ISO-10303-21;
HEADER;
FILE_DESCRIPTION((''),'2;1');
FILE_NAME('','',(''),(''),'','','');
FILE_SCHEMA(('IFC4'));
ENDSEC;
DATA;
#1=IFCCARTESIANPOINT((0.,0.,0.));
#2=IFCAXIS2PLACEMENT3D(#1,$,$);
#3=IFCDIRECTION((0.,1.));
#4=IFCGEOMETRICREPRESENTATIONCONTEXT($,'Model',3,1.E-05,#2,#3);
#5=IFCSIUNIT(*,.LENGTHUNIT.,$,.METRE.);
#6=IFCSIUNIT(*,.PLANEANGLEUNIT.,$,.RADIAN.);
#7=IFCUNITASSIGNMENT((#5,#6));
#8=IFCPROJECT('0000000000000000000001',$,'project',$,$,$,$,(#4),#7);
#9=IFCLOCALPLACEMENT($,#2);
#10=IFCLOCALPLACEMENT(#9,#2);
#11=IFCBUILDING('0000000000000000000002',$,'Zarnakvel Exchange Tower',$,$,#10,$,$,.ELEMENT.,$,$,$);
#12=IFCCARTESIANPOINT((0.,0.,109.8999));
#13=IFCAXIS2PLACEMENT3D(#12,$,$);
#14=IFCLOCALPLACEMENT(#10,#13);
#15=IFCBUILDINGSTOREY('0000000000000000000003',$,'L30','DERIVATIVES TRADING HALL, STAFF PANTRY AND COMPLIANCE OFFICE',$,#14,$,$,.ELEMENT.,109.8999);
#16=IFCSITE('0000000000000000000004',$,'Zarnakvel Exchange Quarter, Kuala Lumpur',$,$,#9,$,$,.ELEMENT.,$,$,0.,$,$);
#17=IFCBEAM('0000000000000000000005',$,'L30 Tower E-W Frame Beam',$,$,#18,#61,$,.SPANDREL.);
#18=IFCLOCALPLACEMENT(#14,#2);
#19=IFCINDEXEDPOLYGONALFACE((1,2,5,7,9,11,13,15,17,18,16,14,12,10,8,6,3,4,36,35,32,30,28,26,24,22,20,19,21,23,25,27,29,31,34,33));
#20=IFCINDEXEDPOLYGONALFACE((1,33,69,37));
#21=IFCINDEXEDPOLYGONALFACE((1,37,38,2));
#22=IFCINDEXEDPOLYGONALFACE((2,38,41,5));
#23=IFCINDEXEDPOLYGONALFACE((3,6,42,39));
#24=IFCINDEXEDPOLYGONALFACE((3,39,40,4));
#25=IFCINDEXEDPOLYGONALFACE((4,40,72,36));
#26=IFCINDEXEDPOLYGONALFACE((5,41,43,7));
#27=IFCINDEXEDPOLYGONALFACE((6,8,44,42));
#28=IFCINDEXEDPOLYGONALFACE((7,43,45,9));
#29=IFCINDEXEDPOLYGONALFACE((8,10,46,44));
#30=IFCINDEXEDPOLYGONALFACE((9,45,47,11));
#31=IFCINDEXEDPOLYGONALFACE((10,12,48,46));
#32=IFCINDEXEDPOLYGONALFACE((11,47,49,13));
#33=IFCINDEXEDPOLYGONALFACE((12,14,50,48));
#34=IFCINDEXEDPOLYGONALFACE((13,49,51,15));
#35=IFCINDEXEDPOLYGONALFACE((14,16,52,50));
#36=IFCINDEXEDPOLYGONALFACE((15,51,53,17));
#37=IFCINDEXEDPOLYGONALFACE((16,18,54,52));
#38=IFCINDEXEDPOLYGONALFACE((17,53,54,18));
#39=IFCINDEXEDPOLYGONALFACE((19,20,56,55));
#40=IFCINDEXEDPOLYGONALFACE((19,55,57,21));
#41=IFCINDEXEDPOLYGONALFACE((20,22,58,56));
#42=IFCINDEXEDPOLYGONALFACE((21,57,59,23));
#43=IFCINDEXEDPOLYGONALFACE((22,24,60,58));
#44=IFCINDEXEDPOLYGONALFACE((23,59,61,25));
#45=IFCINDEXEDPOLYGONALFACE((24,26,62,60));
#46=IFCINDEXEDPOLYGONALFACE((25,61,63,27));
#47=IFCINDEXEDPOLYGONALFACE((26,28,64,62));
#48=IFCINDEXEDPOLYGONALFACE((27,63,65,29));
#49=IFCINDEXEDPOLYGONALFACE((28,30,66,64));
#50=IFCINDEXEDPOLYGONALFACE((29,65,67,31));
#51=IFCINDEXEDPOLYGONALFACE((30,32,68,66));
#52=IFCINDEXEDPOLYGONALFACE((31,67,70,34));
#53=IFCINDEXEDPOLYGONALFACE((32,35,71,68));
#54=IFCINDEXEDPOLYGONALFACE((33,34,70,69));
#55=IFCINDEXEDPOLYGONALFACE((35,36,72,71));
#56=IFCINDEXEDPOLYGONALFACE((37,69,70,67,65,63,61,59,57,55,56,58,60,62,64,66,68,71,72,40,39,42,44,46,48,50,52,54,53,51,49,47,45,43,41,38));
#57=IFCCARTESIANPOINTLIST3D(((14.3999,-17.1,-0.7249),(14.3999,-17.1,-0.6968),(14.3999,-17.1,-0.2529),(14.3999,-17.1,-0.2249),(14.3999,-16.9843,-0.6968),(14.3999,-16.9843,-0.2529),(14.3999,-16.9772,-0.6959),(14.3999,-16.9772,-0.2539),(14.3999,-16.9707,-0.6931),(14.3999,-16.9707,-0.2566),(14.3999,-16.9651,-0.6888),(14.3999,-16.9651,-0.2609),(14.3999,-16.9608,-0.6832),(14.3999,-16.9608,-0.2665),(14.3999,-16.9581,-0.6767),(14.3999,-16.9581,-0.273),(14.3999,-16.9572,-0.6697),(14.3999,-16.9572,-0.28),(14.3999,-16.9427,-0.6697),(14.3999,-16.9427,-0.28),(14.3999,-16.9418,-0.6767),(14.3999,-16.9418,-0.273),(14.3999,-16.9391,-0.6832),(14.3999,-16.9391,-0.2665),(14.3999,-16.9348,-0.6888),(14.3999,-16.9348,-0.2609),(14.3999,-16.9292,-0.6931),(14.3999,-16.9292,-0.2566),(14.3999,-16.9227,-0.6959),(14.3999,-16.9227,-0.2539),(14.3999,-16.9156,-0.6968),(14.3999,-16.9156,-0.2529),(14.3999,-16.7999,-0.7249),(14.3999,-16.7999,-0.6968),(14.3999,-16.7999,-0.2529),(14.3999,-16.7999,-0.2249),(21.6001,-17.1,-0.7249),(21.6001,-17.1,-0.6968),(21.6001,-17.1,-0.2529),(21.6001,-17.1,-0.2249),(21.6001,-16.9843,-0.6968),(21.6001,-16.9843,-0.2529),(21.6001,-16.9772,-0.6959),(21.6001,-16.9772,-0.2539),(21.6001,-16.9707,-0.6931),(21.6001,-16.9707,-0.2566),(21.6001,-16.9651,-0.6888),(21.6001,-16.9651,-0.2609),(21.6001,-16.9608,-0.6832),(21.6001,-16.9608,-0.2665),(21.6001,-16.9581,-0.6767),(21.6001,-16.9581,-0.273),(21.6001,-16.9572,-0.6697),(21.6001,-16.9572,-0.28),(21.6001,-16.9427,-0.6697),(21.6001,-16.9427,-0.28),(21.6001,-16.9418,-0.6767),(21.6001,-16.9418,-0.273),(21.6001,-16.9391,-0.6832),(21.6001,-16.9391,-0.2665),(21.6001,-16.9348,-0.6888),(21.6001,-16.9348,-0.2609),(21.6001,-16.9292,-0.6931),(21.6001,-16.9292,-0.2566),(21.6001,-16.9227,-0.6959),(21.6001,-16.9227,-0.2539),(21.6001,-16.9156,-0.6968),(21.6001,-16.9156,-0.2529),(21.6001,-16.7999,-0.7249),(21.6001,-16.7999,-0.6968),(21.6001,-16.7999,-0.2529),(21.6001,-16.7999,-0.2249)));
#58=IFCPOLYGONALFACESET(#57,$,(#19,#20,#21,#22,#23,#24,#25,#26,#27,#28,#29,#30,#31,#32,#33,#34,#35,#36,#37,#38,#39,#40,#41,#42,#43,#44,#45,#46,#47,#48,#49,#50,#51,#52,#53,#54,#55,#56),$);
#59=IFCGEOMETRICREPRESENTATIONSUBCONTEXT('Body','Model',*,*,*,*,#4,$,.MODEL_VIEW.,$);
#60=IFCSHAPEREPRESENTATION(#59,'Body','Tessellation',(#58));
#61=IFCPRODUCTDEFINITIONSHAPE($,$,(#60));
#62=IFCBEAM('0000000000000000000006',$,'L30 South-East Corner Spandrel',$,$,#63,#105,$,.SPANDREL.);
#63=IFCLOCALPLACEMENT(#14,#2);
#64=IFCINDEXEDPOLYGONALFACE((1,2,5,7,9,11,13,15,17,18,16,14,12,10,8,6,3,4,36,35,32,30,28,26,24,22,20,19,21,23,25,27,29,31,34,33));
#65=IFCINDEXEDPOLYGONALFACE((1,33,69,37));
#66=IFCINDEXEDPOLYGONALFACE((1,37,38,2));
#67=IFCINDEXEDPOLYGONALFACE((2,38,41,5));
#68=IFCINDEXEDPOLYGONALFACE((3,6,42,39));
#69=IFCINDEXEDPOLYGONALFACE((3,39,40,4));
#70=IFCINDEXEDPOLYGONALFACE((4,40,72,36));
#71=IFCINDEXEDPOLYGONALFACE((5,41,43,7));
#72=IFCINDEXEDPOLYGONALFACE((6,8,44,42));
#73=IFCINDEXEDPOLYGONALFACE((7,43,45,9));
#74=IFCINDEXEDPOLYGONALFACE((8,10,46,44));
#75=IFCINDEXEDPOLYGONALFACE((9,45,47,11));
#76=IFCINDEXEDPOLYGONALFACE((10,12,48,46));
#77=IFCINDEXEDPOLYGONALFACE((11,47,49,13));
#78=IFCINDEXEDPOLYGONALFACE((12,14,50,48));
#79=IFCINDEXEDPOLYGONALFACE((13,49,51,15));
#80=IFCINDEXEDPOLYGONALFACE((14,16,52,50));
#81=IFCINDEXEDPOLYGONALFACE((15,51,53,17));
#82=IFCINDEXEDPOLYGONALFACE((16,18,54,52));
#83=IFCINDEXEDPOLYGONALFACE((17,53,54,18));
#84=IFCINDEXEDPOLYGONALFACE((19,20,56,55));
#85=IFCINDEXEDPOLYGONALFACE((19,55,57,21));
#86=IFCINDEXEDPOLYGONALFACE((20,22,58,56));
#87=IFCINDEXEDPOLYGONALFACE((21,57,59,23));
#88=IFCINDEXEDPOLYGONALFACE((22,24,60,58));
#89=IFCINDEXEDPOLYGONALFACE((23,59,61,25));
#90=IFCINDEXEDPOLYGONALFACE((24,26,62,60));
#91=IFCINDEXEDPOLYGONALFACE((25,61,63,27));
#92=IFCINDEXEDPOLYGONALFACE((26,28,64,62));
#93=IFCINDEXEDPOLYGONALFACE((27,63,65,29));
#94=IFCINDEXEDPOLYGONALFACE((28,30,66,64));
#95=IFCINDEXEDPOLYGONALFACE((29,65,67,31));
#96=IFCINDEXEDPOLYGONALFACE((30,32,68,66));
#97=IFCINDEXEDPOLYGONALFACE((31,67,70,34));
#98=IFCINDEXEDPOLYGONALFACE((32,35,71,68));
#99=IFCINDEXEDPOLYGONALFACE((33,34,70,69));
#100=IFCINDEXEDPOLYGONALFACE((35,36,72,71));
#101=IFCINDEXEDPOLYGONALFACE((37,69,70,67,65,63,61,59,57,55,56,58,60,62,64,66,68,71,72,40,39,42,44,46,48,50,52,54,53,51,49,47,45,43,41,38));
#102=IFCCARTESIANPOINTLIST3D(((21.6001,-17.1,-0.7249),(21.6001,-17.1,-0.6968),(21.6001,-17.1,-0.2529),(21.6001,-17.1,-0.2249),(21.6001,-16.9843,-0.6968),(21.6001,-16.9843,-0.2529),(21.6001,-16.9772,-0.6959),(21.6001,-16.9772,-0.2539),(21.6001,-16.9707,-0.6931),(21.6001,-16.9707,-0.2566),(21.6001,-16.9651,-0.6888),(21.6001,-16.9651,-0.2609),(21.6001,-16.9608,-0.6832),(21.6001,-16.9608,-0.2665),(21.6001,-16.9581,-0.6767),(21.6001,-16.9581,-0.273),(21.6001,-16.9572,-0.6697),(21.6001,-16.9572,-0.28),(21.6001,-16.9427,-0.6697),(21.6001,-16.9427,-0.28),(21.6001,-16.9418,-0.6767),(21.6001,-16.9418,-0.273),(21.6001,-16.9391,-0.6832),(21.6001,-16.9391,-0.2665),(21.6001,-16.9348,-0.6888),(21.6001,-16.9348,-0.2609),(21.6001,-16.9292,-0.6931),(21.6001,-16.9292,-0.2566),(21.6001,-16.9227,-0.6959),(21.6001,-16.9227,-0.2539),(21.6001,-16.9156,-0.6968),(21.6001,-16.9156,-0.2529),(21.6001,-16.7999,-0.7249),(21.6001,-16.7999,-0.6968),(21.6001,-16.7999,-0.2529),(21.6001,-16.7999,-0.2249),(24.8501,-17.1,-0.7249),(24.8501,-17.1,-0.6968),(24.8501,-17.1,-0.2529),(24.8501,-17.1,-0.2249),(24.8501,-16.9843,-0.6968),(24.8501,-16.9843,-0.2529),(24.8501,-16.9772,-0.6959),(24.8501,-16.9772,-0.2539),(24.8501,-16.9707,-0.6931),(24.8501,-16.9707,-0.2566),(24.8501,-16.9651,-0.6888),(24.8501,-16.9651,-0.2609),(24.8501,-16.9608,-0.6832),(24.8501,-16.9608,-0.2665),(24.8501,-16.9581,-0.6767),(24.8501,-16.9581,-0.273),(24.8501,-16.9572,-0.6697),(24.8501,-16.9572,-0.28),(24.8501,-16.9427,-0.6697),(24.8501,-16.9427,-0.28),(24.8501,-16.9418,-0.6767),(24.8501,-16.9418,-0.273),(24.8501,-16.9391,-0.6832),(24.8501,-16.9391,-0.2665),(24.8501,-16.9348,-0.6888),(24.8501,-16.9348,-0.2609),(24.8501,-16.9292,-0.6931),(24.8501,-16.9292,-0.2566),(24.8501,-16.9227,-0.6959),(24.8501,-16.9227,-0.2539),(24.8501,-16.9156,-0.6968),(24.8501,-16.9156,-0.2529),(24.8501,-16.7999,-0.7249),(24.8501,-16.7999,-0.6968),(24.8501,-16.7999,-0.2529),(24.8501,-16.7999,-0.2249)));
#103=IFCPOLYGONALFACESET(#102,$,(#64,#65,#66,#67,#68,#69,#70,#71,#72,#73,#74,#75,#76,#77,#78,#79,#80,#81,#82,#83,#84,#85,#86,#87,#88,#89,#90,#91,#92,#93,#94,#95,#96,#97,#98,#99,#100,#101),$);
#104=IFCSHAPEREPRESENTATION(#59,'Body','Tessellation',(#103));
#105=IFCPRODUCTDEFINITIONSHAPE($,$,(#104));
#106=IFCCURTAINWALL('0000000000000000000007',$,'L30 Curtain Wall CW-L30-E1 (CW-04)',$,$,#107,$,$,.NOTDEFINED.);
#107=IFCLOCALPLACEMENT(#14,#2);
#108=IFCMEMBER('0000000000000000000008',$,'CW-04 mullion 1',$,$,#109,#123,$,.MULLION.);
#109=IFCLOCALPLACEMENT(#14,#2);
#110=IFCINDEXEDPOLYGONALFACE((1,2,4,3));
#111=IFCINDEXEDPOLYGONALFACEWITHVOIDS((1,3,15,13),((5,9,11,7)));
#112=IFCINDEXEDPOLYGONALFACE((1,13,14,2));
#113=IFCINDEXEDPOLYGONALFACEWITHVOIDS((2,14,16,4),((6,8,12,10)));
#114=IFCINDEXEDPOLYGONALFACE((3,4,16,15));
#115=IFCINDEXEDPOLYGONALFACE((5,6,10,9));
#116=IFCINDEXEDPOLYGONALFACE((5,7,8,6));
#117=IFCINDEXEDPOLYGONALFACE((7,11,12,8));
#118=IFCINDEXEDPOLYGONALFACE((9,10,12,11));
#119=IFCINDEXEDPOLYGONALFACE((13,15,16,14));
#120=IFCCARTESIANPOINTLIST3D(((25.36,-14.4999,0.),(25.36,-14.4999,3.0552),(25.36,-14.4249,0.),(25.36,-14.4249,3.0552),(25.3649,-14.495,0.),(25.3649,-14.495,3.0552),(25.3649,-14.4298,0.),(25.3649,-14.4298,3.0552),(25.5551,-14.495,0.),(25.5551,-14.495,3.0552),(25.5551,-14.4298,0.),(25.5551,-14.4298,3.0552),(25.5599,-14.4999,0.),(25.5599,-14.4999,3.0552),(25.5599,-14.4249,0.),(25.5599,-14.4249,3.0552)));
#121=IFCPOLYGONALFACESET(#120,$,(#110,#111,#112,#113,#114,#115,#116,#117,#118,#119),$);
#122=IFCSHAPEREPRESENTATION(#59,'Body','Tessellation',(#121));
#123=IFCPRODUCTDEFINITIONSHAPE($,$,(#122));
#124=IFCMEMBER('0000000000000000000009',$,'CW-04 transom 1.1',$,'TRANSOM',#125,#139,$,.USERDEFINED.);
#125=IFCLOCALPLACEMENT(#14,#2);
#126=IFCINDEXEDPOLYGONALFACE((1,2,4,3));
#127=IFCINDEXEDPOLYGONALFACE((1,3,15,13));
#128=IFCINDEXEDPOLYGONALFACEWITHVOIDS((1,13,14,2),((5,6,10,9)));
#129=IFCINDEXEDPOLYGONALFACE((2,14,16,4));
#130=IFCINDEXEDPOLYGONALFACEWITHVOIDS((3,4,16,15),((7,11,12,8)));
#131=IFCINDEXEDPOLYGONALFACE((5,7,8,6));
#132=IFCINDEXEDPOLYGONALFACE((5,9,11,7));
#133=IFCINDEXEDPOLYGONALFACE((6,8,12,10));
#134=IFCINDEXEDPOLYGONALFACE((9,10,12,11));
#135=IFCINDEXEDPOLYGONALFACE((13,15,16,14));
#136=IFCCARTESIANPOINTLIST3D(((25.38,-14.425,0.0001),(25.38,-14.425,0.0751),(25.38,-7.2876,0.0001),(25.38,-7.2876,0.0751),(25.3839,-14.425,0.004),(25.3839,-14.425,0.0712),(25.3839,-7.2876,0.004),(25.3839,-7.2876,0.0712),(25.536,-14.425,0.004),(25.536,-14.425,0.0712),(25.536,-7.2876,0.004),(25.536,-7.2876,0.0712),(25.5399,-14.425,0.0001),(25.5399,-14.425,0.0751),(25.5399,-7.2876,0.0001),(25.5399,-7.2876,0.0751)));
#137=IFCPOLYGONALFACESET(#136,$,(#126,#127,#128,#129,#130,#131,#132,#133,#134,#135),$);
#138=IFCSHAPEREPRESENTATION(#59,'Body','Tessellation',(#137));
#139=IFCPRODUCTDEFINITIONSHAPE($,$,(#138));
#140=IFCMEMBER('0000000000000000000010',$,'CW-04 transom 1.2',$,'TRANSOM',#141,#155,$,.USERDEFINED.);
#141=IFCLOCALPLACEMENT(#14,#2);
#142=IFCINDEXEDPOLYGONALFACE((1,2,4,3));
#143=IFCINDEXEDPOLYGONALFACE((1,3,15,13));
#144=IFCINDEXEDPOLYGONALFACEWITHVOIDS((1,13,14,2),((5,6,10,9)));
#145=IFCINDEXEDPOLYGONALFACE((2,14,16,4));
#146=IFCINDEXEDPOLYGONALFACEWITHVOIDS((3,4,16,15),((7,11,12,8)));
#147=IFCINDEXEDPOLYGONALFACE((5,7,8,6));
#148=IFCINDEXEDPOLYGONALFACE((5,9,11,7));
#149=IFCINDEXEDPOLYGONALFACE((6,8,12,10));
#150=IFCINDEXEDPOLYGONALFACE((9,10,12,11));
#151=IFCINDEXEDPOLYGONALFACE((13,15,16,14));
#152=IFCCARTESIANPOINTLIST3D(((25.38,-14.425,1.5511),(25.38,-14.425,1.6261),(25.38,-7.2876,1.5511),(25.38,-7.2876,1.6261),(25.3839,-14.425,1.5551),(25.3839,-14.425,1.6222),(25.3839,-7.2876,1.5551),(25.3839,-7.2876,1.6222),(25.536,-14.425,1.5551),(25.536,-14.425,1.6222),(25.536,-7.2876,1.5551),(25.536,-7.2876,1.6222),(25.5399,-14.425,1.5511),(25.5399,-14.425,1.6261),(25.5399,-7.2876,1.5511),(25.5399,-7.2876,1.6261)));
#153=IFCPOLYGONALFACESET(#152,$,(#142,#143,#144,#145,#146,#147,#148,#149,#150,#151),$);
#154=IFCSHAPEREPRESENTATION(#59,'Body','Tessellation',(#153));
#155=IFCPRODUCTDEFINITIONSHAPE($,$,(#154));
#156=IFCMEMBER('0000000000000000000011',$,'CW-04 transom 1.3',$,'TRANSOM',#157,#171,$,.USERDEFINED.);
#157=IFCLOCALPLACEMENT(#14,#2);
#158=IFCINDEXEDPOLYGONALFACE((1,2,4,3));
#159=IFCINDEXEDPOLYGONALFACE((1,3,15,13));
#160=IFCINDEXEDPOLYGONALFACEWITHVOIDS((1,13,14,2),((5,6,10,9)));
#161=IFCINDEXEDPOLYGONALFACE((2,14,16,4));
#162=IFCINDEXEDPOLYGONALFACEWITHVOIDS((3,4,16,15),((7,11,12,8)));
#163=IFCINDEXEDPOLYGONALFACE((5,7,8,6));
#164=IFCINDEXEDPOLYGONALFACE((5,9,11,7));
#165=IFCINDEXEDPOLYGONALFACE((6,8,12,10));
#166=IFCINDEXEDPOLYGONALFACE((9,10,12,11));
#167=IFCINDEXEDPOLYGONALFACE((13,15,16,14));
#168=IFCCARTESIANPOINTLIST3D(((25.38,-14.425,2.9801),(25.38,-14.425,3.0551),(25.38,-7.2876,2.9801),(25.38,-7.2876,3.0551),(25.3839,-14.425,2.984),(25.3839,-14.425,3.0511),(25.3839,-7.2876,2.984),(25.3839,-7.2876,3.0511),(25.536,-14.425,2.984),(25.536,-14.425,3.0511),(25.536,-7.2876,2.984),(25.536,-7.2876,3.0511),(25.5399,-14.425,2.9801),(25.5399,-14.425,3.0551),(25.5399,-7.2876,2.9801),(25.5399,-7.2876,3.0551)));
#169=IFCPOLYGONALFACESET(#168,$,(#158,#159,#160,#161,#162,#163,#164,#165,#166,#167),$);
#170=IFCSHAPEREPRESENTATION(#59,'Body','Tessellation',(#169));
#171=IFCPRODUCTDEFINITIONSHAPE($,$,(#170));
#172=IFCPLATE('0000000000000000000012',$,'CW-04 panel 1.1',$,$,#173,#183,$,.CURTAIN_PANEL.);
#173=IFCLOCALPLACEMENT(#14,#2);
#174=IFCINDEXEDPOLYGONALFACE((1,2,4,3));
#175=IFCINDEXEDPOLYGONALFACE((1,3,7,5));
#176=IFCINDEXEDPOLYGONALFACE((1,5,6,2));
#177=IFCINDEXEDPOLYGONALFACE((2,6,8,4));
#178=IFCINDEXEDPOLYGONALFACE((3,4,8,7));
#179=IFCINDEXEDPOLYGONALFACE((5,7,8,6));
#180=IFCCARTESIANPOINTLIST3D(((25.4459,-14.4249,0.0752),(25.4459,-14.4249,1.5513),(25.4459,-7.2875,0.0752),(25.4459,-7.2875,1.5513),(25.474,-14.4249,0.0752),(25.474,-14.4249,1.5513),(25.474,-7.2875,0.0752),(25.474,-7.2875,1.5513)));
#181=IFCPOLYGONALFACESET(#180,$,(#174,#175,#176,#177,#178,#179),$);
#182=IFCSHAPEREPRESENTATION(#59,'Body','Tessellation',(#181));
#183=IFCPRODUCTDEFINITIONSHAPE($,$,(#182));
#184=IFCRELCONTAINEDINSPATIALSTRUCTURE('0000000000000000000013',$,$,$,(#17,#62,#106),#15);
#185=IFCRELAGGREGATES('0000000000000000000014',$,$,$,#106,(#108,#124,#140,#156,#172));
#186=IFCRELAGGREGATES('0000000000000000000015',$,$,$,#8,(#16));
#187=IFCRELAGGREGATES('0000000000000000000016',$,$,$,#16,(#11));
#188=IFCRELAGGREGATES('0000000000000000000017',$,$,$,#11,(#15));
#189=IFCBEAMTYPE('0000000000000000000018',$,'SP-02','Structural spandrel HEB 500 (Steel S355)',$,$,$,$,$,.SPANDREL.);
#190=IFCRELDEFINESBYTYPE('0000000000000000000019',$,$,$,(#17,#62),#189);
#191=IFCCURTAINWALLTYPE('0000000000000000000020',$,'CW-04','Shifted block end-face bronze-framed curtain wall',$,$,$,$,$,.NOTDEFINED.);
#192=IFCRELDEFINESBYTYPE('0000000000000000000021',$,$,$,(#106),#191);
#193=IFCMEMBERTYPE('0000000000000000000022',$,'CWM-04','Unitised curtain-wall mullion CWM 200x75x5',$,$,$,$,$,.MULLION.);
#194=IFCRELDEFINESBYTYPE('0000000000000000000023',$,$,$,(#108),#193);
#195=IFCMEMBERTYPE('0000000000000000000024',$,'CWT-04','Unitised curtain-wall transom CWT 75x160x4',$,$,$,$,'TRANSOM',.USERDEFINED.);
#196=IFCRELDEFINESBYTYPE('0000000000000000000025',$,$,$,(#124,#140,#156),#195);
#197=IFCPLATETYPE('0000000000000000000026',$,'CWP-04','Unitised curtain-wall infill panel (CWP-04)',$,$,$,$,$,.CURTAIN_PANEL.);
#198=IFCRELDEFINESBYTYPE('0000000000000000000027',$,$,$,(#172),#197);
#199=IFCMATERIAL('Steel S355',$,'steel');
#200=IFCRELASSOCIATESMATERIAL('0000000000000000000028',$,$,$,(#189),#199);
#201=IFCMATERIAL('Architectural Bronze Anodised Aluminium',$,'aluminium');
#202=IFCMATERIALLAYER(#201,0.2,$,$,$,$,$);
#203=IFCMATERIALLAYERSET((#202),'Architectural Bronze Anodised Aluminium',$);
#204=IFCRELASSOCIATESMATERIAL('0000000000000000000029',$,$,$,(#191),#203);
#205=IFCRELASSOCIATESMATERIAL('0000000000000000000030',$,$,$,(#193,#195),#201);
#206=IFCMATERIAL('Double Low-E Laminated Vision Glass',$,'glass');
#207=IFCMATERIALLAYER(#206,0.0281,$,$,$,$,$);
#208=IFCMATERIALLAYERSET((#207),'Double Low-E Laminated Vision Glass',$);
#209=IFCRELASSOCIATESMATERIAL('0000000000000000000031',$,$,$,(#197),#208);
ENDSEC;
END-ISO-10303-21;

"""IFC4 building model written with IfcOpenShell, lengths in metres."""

from ifc_helpers import new_model, si_unit, direction, frame, origin, origin_2d, place, context, subcontext, project, spatial, rectangle, hollow_rectangle, i_section, extrude, source, transform, mapped, material, layer, layer_set, material_profile, profile_set, type_object, element, aggregate, save


model = new_model("IFC4")

# Units and contexts
model_context = context("Model", 3, precision=1e-05, world=origin(), true_north=direction((0.0, 1.0)))
body_context = subcontext(model_context, "Body", "Model", "MODEL_VIEW")
ifc_project = project(units=[si_unit("LENGTHUNIT", "METRE"), si_unit("PLANEANGLEUNIT", "RADIAN")], contexts=[model_context])

# Site, building, storey
site_placement = place(None, origin())
site = spatial("IfcSite", under=ifc_project, at=site_placement, Name="Zarnakvel Exchange Quarter, Kuala Lumpur", CompositionType="ELEMENT", RefElevation=0.0)
building_placement = place(site_placement, origin())
building = spatial("IfcBuilding", under=site, at=building_placement, Name="Zarnakvel Exchange Tower", CompositionType="ELEMENT")
storey_placement = place(building_placement, frame((0.0, 0.0, 109.8999)))
storey = spatial("IfcBuildingStorey", under=building, at=storey_placement, Name="L30", Description="DERIVATIVES TRADING HALL, STAFF PANTRY AND COMPLIANCE OFFICE", CompositionType="ELEMENT", Elevation=109.8999)

# Beams
ifc_material_1 = material(Name="Steel S355", Category="steel")
ifc_material_profile_1 = material_profile(ifc_material_1, i_section(OverallWidth=0.3, OverallDepth=0.5, WebThickness=0.0144, FlangeThickness=0.0281, FilletRadius=0.0271, at=origin_2d()))
ifc_profile_set_1 = profile_set([ifc_material_profile_1], Name="Steel S355")
beam_type_1 = type_object("IfcBeamType", Name="SP-02", Description="Structural spandrel HEB 500 (Steel S355)", PredefinedType="SPANDREL", material=ifc_profile_set_1)
beam_1_placement = place(storey_placement, frame((14.3999, -16.95, -0.4749), z_axis=(1.0, 0.0, 0.0), x_axis=(0.0, 1.0, 0.0)))
element("IfcBeam", 1, at=beam_1_placement, inside=storey, type_object=beam_type_1, Name="L30 Tower E-W Frame Beam", PredefinedType="SPANDREL", context=body_context, shape_type="SweptSolid", body=[
    extrude(i_section(OverallWidth=0.3, OverallDepth=0.5, WebThickness=0.0144, FlangeThickness=0.0281, FilletRadius=0.0271, at=origin_2d()), origin(), (0.0, 0.0, 1.0), 7.2002),
])
beam_2_placement = place(storey_placement, frame((21.6001, -16.95, -0.4749), z_axis=(1.0, 0.0, 0.0), x_axis=(0.0, 1.0, 0.0)))
element("IfcBeam", 2, at=beam_2_placement, inside=storey, type_object=beam_type_1, Name="L30 South-East Corner Spandrel", PredefinedType="SPANDREL", context=body_context, shape_type="SweptSolid", body=[
    extrude(i_section(OverallWidth=0.3, OverallDepth=0.5, WebThickness=0.0144, FlangeThickness=0.0281, FilletRadius=0.0271, at=origin_2d()), origin(), (0.0, 0.0, 1.0), 3.25),
])

# Curtain wall, members, plate
ifc_material_2 = material(Name="Architectural Bronze Anodised Aluminium", Category="aluminium")
ifc_layer_1 = layer(ifc_material_2, 0.2)
ifc_layer_set_1 = layer_set([ifc_layer_1], Name="Architectural Bronze Anodised Aluminium")
curtain_wall_type = type_object("IfcCurtainWallType", Name="CW-04", Description="Shifted block end-face bronze-framed curtain wall", PredefinedType="NOTDEFINED", material=ifc_layer_set_1)
curtain_wall_placement = place(storey_placement, origin())
curtain_wall = element("IfcCurtainWall", 3, at=curtain_wall_placement, inside=storey, type_object=curtain_wall_type, Name="L30 Curtain Wall CW-L30-E1 (CW-04)", PredefinedType="NOTDEFINED")
ifc_material_profile_2 = material_profile(ifc_material_2, hollow_rectangle(XDim=0.2, YDim=0.075, WallThickness=0.0049, at=origin_2d()))
ifc_profile_set_2 = profile_set([ifc_material_profile_2], Name="Architectural Bronze Anodised Aluminium")
member_type_1 = type_object("IfcMemberType", Name="CWM-04", Description="Unitised curtain-wall mullion CWM 200x75x5", PredefinedType="MULLION", material=ifc_profile_set_2)
shared_shape_1 = source(origin(), body_context, "Body", "SweptSolid", [
    extrude(hollow_rectangle(XDim=0.2, YDim=0.075, WallThickness=0.0049, at=origin_2d()), origin(), (0.0, 0.0, 1.0), 3.0552),
])
member_1_placement = place(storey_placement, frame((25.46, -14.4624, 0.0), z_axis=(0.0, 0.0, 1.0), x_axis=(-1.0, 0.0, 0.0)))
member_1 = element("IfcMember", 4, at=member_1_placement, type_object=member_type_1, Name="CW-04 mullion 1", PredefinedType="MULLION", context=body_context, shape_type="MappedRepresentation", body=[
    mapped(shared_shape_1, transform((0.0, 0.0, 0.0), x_axis=(1.0, 0.0, 0.0), y_axis=(0.0, 1.0, 0.0), z_axis=(0.0, 0.0, 1.0), scale=1.0)),
])
ifc_material_profile_3 = material_profile(ifc_material_2, hollow_rectangle(XDim=0.1599, YDim=0.075, WallThickness=0.0039, at=origin_2d()))
ifc_profile_set_3 = profile_set([ifc_material_profile_3], Name="Architectural Bronze Anodised Aluminium")
member_type_2 = type_object("IfcMemberType", Name="CWT-04", Description="Unitised curtain-wall transom CWT 75x160x4", ElementType="TRANSOM", PredefinedType="USERDEFINED", material=ifc_profile_set_3)
shared_shape_2 = source(origin(), body_context, "Body", "SweptSolid", [
    extrude(hollow_rectangle(XDim=0.1599, YDim=0.075, WallThickness=0.0039, at=origin_2d()), origin(), (0.0, 0.0, 1.0), 7.1375),
])
member_2_placement = place(storey_placement, frame((25.46, -14.425, 0.0376), z_axis=(0.0, 1.0, 0.0), x_axis=(-1.0, 0.0, 0.0)))
member_2 = element("IfcMember", 5, at=member_2_placement, type_object=member_type_2, Name="CW-04 transom 1.1", ObjectType="TRANSOM", PredefinedType="USERDEFINED", context=body_context, shape_type="MappedRepresentation", body=[
    mapped(shared_shape_2, transform((0.0, 0.0, 0.0), x_axis=(1.0, 0.0, 0.0), y_axis=(0.0, 1.0, 0.0), z_axis=(0.0, 0.0, 1.0), scale=1.0)),
])
member_3_placement = place(storey_placement, frame((25.46, -14.425, 1.5886), z_axis=(0.0, 1.0, 0.0), x_axis=(-1.0, 0.0, 0.0)))
member_3 = element("IfcMember", 6, at=member_3_placement, type_object=member_type_2, Name="CW-04 transom 1.2", ObjectType="TRANSOM", PredefinedType="USERDEFINED", context=body_context, shape_type="MappedRepresentation", body=[
    mapped(shared_shape_2, transform((0.0, 0.0, 0.0), x_axis=(1.0, 0.0, 0.0), y_axis=(0.0, 1.0, 0.0), z_axis=(0.0, 0.0, 1.0), scale=1.0)),
])
member_4_placement = place(storey_placement, frame((25.46, -14.425, 3.0176), z_axis=(0.0, 1.0, 0.0), x_axis=(-1.0, 0.0, 0.0)))
member_4 = element("IfcMember", 7, at=member_4_placement, type_object=member_type_2, Name="CW-04 transom 1.3", ObjectType="TRANSOM", PredefinedType="USERDEFINED", context=body_context, shape_type="MappedRepresentation", body=[
    mapped(shared_shape_2, transform((0.0, 0.0, 0.0), x_axis=(1.0, 0.0, 0.0), y_axis=(0.0, 1.0, 0.0), z_axis=(0.0, 0.0, 1.0), scale=1.0)),
])
ifc_material_3 = material(Name="Double Low-E Laminated Vision Glass", Category="glass")
ifc_layer_2 = layer(ifc_material_3, 0.0281)
ifc_layer_set_2 = layer_set([ifc_layer_2], Name="Double Low-E Laminated Vision Glass")
plate_type = type_object("IfcPlateType", Name="CWP-04", Description="Unitised curtain-wall infill panel (CWP-04)", PredefinedType="CURTAIN_PANEL", material=ifc_layer_set_2)
shared_shape_3 = source(origin(), body_context, "Body", "SweptSolid", [
    extrude(rectangle(XDim=7.1375, YDim=0.0281, at=origin_2d()), origin(), (0.0, 0.0, 1.0), 1.4761),
])
plate_1_placement = place(storey_placement, frame((25.46, -10.8562, 0.0752), z_axis=(0.0, 0.0, 1.0), x_axis=(0.0, 1.0, 0.0)))
plate_1 = element("IfcPlate", 8, at=plate_1_placement, type_object=plate_type, Name="CW-04 panel 1.1", PredefinedType="CURTAIN_PANEL", context=body_context, shape_type="MappedRepresentation", body=[
    mapped(shared_shape_3, transform((0.0, 0.0, 0.0), x_axis=(1.0, 0.0, 0.0), y_axis=(0.0, 1.0, 0.0), z_axis=(0.0, 0.0, 1.0), scale=1.0)),
])
aggregate(curtain_wall, [member_1, member_2, member_3, member_4, plate_1])

save(model, "model.ifc")
